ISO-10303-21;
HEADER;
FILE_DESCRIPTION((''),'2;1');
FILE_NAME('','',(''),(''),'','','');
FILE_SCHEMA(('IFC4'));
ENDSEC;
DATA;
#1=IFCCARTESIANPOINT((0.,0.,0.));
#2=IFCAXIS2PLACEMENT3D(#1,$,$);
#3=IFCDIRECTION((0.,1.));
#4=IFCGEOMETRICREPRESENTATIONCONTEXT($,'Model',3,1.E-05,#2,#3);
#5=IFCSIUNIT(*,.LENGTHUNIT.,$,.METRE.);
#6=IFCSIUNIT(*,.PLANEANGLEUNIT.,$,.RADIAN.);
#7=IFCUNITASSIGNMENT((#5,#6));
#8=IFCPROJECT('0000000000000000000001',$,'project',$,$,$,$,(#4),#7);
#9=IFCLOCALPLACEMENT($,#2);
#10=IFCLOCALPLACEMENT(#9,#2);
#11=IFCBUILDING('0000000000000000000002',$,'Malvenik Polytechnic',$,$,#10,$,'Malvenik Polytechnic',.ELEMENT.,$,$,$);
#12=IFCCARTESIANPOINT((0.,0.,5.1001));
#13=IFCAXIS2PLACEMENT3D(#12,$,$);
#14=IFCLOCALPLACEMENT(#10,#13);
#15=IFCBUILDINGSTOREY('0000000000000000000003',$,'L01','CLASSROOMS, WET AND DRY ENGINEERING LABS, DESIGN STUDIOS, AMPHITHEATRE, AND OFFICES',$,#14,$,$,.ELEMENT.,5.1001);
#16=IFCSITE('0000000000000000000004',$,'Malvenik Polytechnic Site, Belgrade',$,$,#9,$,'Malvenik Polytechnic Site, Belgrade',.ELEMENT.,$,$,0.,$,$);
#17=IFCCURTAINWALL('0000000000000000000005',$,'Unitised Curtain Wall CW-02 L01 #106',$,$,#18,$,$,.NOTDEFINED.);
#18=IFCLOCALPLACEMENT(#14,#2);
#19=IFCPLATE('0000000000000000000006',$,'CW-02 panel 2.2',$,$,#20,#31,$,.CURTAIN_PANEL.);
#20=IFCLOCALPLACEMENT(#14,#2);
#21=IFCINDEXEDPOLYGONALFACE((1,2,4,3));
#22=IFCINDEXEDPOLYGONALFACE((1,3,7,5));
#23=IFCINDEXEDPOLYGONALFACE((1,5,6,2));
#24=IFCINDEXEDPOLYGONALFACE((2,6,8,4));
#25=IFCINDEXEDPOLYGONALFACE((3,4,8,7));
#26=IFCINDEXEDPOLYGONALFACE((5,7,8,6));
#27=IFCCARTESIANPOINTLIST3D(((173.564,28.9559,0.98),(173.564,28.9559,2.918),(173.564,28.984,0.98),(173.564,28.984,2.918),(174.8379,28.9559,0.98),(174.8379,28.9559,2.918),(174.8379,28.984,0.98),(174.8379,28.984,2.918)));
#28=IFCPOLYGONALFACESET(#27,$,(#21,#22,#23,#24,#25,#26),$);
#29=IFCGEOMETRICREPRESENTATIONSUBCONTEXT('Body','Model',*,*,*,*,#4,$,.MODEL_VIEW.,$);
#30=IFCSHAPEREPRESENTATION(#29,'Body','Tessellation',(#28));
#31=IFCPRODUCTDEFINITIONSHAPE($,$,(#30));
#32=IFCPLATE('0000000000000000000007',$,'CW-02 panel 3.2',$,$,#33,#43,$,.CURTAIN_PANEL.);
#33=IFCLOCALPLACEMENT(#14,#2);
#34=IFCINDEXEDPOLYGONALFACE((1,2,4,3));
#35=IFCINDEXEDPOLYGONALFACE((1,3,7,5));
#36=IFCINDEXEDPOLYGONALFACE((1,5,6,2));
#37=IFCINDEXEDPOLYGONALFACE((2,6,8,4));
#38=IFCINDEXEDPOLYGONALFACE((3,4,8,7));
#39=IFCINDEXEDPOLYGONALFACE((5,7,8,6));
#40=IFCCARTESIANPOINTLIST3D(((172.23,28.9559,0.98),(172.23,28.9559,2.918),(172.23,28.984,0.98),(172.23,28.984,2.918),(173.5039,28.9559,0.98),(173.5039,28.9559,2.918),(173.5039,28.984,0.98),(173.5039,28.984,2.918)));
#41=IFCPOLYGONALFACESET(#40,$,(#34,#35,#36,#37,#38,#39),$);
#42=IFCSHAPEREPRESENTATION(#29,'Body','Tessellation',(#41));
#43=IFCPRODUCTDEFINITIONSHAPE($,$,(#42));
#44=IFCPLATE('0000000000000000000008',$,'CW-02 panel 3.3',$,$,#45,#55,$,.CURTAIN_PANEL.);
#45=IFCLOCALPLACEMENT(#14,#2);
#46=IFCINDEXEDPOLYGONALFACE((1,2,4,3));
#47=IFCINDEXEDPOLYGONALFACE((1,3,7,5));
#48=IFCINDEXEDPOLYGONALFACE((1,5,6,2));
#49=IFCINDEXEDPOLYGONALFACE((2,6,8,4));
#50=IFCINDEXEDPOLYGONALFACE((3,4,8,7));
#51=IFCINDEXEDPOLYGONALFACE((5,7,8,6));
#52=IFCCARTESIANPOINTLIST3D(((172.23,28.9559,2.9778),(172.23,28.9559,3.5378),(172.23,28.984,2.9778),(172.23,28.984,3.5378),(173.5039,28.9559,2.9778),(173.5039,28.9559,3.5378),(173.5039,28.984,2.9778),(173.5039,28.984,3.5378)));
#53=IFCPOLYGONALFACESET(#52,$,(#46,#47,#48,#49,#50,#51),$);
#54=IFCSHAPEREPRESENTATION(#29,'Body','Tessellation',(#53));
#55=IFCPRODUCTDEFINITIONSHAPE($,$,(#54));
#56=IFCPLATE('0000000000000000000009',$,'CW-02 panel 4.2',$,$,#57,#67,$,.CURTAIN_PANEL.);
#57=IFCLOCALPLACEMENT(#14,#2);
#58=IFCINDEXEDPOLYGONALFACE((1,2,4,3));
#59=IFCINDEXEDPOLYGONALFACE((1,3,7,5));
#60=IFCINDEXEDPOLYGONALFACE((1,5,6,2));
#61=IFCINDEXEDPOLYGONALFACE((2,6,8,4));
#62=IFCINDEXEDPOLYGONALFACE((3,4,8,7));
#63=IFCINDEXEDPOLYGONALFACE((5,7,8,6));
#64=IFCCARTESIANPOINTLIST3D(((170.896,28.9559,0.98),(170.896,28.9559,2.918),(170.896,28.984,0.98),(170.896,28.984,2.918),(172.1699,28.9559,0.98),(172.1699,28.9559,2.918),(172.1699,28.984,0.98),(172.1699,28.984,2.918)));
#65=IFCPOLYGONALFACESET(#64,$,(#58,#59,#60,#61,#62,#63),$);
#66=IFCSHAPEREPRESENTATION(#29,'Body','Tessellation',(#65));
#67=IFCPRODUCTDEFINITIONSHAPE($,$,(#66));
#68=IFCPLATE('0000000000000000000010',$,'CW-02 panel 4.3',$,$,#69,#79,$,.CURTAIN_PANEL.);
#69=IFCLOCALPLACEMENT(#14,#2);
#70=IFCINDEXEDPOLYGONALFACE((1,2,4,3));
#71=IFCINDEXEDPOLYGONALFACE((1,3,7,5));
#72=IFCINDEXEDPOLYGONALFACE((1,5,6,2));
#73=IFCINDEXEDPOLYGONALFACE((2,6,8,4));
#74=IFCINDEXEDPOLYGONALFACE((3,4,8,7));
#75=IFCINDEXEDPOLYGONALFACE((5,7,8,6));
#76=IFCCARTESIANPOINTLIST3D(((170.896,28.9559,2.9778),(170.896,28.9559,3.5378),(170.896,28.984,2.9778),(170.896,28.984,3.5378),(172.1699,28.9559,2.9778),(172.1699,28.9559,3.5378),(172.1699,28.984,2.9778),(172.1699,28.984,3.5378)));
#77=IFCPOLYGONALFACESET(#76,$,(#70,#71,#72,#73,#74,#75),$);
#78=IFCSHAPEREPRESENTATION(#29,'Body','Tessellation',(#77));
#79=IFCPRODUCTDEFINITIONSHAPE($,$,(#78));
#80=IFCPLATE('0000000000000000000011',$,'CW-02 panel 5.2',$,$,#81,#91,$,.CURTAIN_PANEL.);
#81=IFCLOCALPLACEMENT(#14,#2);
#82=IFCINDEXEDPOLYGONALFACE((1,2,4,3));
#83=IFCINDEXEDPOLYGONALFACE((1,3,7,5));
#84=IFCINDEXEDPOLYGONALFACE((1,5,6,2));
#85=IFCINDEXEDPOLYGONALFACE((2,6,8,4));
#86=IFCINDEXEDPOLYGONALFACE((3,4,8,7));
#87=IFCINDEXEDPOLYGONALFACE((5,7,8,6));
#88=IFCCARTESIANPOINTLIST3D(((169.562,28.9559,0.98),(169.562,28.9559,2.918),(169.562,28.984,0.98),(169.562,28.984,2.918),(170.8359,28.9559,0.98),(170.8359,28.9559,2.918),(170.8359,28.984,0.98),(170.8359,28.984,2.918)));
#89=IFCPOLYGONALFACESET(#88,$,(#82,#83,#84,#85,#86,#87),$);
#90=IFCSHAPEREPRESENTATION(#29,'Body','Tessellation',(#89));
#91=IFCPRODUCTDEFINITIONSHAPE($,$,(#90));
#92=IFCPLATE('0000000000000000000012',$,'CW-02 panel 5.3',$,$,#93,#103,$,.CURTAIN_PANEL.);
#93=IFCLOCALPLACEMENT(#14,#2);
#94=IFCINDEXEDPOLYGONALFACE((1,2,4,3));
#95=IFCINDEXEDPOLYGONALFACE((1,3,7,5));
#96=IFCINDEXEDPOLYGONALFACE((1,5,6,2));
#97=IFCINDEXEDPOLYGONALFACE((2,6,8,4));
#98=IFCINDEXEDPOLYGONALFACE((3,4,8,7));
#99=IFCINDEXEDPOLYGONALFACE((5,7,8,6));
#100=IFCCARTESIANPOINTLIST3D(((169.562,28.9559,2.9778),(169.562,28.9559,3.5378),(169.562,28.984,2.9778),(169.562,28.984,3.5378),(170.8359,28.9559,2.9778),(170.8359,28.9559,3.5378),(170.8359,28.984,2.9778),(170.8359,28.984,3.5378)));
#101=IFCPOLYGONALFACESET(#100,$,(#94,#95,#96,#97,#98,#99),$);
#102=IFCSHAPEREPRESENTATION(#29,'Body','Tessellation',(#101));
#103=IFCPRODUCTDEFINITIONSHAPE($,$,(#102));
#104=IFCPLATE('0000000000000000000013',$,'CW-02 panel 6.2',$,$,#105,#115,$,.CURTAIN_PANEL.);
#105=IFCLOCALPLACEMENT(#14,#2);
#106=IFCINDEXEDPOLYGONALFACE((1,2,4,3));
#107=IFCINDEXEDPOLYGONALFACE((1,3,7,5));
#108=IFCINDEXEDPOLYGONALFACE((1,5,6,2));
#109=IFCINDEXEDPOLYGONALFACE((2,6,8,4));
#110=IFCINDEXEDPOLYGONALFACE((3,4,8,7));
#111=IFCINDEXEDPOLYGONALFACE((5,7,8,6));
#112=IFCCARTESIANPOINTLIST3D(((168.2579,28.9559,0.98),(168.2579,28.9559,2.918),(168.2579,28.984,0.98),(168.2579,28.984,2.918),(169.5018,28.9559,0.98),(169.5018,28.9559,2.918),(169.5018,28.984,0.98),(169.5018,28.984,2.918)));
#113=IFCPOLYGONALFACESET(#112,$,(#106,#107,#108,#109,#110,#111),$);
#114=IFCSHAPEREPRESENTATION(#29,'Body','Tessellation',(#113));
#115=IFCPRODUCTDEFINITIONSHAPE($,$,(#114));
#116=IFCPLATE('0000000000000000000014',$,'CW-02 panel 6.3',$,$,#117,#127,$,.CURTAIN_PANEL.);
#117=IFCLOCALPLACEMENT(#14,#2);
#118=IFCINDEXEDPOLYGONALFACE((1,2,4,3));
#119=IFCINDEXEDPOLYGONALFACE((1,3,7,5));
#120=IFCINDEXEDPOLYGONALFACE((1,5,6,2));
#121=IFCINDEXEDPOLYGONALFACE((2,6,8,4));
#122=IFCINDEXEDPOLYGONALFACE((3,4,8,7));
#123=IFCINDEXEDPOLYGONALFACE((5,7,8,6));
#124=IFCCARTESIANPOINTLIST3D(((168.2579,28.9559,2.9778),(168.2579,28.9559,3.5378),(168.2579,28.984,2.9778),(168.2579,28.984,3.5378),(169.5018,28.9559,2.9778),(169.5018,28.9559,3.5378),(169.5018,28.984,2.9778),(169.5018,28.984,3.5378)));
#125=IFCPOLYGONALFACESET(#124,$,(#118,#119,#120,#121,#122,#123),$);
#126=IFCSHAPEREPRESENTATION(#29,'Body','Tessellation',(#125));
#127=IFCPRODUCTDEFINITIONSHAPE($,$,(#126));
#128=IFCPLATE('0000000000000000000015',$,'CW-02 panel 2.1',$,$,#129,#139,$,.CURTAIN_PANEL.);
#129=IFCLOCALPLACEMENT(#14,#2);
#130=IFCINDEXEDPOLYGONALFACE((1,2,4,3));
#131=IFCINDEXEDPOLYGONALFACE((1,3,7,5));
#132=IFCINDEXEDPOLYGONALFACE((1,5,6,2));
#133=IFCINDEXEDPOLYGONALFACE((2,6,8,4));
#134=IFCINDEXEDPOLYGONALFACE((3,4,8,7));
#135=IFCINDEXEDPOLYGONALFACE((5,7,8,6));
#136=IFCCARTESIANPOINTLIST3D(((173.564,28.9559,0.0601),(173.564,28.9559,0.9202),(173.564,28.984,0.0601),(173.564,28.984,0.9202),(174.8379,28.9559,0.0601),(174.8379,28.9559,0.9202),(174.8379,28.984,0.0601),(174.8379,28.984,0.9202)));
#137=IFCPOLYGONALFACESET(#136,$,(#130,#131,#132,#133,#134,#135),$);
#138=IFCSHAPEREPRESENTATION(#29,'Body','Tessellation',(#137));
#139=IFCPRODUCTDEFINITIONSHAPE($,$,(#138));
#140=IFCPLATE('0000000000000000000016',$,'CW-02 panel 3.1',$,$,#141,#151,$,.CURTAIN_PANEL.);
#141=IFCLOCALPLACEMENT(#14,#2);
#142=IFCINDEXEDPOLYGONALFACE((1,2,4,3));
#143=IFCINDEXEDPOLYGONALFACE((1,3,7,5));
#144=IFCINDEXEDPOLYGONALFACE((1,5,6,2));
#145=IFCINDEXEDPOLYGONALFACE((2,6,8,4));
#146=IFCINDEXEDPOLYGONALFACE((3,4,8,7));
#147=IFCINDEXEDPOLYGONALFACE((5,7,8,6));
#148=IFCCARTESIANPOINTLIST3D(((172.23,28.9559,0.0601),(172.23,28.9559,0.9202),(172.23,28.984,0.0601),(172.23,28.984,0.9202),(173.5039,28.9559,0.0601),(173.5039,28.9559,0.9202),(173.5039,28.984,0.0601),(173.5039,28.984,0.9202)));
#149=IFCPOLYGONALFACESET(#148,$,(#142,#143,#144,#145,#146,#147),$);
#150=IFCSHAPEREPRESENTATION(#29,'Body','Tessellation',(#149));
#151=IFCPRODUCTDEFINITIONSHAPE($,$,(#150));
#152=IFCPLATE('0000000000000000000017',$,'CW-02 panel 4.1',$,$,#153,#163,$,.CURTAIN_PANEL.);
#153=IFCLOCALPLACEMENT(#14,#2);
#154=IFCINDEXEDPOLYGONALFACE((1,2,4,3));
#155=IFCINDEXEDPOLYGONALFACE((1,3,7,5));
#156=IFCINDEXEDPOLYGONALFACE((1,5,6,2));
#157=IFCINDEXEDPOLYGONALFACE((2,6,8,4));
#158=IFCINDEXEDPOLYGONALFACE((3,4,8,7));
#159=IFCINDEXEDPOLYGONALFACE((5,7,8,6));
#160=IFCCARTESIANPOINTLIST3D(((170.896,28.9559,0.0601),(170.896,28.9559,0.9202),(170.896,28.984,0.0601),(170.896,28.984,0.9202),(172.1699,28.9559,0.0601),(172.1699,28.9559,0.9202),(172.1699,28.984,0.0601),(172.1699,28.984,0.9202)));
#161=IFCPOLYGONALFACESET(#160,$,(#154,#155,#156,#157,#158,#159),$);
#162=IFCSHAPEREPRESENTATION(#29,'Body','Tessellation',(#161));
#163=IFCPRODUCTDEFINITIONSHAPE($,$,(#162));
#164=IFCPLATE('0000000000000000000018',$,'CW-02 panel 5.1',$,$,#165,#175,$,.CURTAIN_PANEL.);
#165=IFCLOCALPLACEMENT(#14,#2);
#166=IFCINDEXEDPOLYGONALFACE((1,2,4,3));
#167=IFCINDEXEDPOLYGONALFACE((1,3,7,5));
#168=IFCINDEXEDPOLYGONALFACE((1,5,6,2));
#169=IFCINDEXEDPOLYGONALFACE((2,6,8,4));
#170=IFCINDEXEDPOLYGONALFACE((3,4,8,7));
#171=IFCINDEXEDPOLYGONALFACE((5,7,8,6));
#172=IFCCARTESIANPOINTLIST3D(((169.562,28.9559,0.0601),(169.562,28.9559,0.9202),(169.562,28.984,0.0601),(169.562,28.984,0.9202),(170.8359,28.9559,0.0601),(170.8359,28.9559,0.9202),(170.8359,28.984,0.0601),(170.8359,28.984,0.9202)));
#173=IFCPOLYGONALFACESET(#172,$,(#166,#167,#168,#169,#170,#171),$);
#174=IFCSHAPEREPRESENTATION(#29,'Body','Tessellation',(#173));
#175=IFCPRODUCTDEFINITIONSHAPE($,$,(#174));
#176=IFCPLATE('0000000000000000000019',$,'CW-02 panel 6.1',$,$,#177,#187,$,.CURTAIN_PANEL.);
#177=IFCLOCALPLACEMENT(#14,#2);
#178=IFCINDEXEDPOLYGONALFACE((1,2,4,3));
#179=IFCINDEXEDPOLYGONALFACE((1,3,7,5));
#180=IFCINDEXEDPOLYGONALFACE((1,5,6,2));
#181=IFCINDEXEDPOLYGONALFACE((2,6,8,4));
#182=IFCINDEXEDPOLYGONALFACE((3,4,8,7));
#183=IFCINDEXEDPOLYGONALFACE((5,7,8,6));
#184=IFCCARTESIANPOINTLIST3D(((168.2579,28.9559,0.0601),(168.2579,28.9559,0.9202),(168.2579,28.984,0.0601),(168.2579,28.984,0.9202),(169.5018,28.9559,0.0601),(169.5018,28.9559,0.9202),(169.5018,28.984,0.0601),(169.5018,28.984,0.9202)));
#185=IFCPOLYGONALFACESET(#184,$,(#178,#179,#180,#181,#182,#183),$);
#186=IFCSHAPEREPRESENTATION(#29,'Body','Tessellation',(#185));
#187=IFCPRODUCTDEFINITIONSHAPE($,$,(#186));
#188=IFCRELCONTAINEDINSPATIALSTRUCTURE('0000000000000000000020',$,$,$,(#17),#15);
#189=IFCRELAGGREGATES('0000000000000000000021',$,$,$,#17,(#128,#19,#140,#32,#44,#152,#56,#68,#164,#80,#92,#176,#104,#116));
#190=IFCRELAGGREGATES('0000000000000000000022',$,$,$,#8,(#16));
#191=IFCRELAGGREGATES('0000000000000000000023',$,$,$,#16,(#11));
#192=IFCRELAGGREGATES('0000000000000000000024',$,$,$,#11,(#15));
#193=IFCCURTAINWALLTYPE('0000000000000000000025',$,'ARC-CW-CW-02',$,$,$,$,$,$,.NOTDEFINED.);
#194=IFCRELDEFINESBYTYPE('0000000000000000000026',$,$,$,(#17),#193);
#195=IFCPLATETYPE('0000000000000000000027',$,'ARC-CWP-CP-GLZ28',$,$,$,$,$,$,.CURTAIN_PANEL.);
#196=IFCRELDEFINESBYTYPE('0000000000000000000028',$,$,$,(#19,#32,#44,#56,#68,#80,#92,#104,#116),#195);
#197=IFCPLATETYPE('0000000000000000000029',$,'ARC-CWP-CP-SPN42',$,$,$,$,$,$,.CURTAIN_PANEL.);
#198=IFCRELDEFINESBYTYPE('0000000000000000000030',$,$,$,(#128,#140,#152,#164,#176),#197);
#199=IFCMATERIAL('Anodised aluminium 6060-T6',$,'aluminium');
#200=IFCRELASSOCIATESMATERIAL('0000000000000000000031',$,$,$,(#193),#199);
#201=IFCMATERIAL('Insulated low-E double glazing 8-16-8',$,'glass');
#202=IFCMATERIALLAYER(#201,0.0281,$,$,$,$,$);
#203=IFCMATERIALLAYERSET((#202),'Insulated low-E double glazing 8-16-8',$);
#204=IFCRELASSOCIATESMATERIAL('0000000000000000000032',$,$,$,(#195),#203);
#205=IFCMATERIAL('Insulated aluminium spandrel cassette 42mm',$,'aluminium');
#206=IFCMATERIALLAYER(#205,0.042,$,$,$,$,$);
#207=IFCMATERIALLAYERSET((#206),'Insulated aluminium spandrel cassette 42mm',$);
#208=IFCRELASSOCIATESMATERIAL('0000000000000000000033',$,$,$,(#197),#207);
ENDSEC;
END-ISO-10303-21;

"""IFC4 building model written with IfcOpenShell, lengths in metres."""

from ifc_helpers import new_model, si_unit, direction, frame, origin, origin_2d, place, context, subcontext, project, spatial, rectangle, extrude, material, layer, layer_set, type_object, element, aggregate, save


model = new_model("IFC4")

# Units and contexts
model_context = context("Model", 3, precision=1e-05, world=origin(), true_north=direction((0.0, 1.0)))
body_context = subcontext(model_context, "Body", "Model", "MODEL_VIEW")
ifc_project = project(units=[si_unit("LENGTHUNIT", "METRE"), si_unit("PLANEANGLEUNIT", "RADIAN")], contexts=[model_context])

# Site, building, storey
site_placement = place(None, origin())
site = spatial("IfcSite", under=ifc_project, at=site_placement, Name="Malvenik Polytechnic Site, Belgrade", LongName="Malvenik Polytechnic Site, Belgrade", CompositionType="ELEMENT", RefElevation=0.0)
building_placement = place(site_placement, origin())
building = spatial("IfcBuilding", under=site, at=building_placement, Name="Malvenik Polytechnic", LongName="Malvenik Polytechnic", CompositionType="ELEMENT")
storey_placement = place(building_placement, frame((0.0, 0.0, 5.1001)))
storey = spatial("IfcBuildingStorey", under=building, at=storey_placement, Name="L01", Description="CLASSROOMS, WET AND DRY ENGINEERING LABS, DESIGN STUDIOS, AMPHITHEATRE, AND OFFICES", CompositionType="ELEMENT", Elevation=5.1001)

# Shared definitions
ifc_material_1 = material(Name="Anodised aluminium 6060-T6", Category="aluminium")
curtain_wall_type = type_object("IfcCurtainWallType", Name="ARC-CW-CW-02", PredefinedType="NOTDEFINED", material=ifc_material_1)

# Curtain wall
curtain_wall_1_placement = place(storey_placement, origin())
curtain_wall_1 = element("IfcCurtainWall", 1, at=curtain_wall_1_placement, inside=storey, type_object=curtain_wall_type, Name="Unitised Curtain Wall CW-02 L01 #106", PredefinedType="NOTDEFINED")

# Plates
ifc_material_2 = material(Name="Insulated low-E double glazing 8-16-8", Category="glass")
ifc_layer_1 = layer(ifc_material_2, 0.0281)
ifc_layer_set_1 = layer_set([ifc_layer_1], Name="Insulated low-E double glazing 8-16-8")
plate_type_1 = type_object("IfcPlateType", Name="ARC-CWP-CP-GLZ28", PredefinedType="CURTAIN_PANEL", material=ifc_layer_set_1)
plate_1_placement = place(storey_placement, frame((174.2009, 28.97, 0.98), z_axis=(0.0, 0.0, 1.0), x_axis=(-1.0, 0.0, 0.0)))
plate_1 = element("IfcPlate", 2, at=plate_1_placement, type_object=plate_type_1, Name="CW-02 panel 2.2", PredefinedType="CURTAIN_PANEL", context=body_context, shape_type="SweptSolid", body=[
    extrude(rectangle(XDim=1.2739, YDim=0.0281, at=origin_2d()), origin(), (0.0, 0.0, 1.0), 1.938),
])
plate_2_placement = place(storey_placement, frame((172.8669, 28.97, 0.98), z_axis=(0.0, 0.0, 1.0), x_axis=(-1.0, 0.0, 0.0)))
plate_2 = element("IfcPlate", 3, at=plate_2_placement, type_object=plate_type_1, Name="CW-02 panel 3.2", PredefinedType="CURTAIN_PANEL", context=body_context, shape_type="SweptSolid", body=[
    extrude(rectangle(XDim=1.2739, YDim=0.0281, at=origin_2d()), origin(), (0.0, 0.0, 1.0), 1.938),
])
plate_3_placement = place(storey_placement, frame((172.8669, 28.97, 2.9778), z_axis=(0.0, 0.0, 1.0), x_axis=(-1.0, 0.0, 0.0)))
plate_3 = element("IfcPlate", 4, at=plate_3_placement, type_object=plate_type_1, Name="CW-02 panel 3.3", PredefinedType="CURTAIN_PANEL", context=body_context, shape_type="SweptSolid", body=[
    extrude(rectangle(XDim=1.2739, YDim=0.0281, at=origin_2d()), origin(), (0.0, 0.0, 1.0), 0.5601),
])
plate_4_placement = place(storey_placement, frame((171.533, 28.97, 0.98), z_axis=(0.0, 0.0, 1.0), x_axis=(-1.0, 0.0, 0.0)))
plate_4 = element("IfcPlate", 5, at=plate_4_placement, type_object=plate_type_1, Name="CW-02 panel 4.2", PredefinedType="CURTAIN_PANEL", context=body_context, shape_type="SweptSolid", body=[
    extrude(rectangle(XDim=1.2739, YDim=0.0281, at=origin_2d()), origin(), (0.0, 0.0, 1.0), 1.938),
])
plate_5_placement = place(storey_placement, frame((171.533, 28.97, 2.9778), z_axis=(0.0, 0.0, 1.0), x_axis=(-1.0, 0.0, 0.0)))
plate_5 = element("IfcPlate", 6, at=plate_5_placement, type_object=plate_type_1, Name="CW-02 panel 4.3", PredefinedType="CURTAIN_PANEL", context=body_context, shape_type="SweptSolid", body=[
    extrude(rectangle(XDim=1.2739, YDim=0.0281, at=origin_2d()), origin(), (0.0, 0.0, 1.0), 0.5601),
])
plate_6_placement = place(storey_placement, frame((170.199, 28.97, 0.98), z_axis=(0.0, 0.0, 1.0), x_axis=(-1.0, 0.0, 0.0)))
plate_6 = element("IfcPlate", 7, at=plate_6_placement, type_object=plate_type_1, Name="CW-02 panel 5.2", PredefinedType="CURTAIN_PANEL", context=body_context, shape_type="SweptSolid", body=[
    extrude(rectangle(XDim=1.2739, YDim=0.0281, at=origin_2d()), origin(), (0.0, 0.0, 1.0), 1.938),
])
plate_7_placement = place(storey_placement, frame((170.199, 28.97, 2.9778), z_axis=(0.0, 0.0, 1.0), x_axis=(-1.0, 0.0, 0.0)))
plate_7 = element("IfcPlate", 8, at=plate_7_placement, type_object=plate_type_1, Name="CW-02 panel 5.3", PredefinedType="CURTAIN_PANEL", context=body_context, shape_type="SweptSolid", body=[
    extrude(rectangle(XDim=1.2739, YDim=0.0281, at=origin_2d()), origin(), (0.0, 0.0, 1.0), 0.5601),
])
plate_8_placement = place(storey_placement, frame((168.8799, 28.97, 0.98), z_axis=(0.0, 0.0, 1.0), x_axis=(-1.0, 0.0, 0.0)))
plate_8 = element("IfcPlate", 9, at=plate_8_placement, type_object=plate_type_1, Name="CW-02 panel 6.2", PredefinedType="CURTAIN_PANEL", context=body_context, shape_type="SweptSolid", body=[
    extrude(rectangle(XDim=1.2439, YDim=0.0281, at=origin_2d()), origin(), (0.0, 0.0, 1.0), 1.938),
])
plate_9_placement = place(storey_placement, frame((168.8799, 28.97, 2.9778), z_axis=(0.0, 0.0, 1.0), x_axis=(-1.0, 0.0, 0.0)))
plate_9 = element("IfcPlate", 10, at=plate_9_placement, type_object=plate_type_1, Name="CW-02 panel 6.3", PredefinedType="CURTAIN_PANEL", context=body_context, shape_type="SweptSolid", body=[
    extrude(rectangle(XDim=1.2439, YDim=0.0281, at=origin_2d()), origin(), (0.0, 0.0, 1.0), 0.5601),
])
ifc_material_3 = material(Name="Insulated aluminium spandrel cassette 42mm", Category="aluminium")
ifc_layer_2 = layer(ifc_material_3, 0.042)
ifc_layer_set_2 = layer_set([ifc_layer_2], Name="Insulated aluminium spandrel cassette 42mm")
plate_type_2 = type_object("IfcPlateType", Name="ARC-CWP-CP-SPN42", PredefinedType="CURTAIN_PANEL", material=ifc_layer_set_2)
plate_10_placement = place(storey_placement, frame((174.2009, 28.97, 0.0601), z_axis=(0.0, 0.0, 1.0), x_axis=(-1.0, 0.0, 0.0)))
plate_10 = element("IfcPlate", 11, at=plate_10_placement, type_object=plate_type_2, Name="CW-02 panel 2.1", PredefinedType="CURTAIN_PANEL", context=body_context, shape_type="SweptSolid", body=[
    extrude(rectangle(XDim=1.2739, YDim=0.0281, at=origin_2d()), origin(), (0.0, 0.0, 1.0), 0.8601),
])
plate_11_placement = place(storey_placement, frame((172.8669, 28.97, 0.0601), z_axis=(0.0, 0.0, 1.0), x_axis=(-1.0, 0.0, 0.0)))
plate_11 = element("IfcPlate", 12, at=plate_11_placement, type_object=plate_type_2, Name="CW-02 panel 3.1", PredefinedType="CURTAIN_PANEL", context=body_context, shape_type="SweptSolid", body=[
    extrude(rectangle(XDim=1.2739, YDim=0.0281, at=origin_2d()), origin(), (0.0, 0.0, 1.0), 0.8601),
])
plate_12_placement = place(storey_placement, frame((171.533, 28.97, 0.0601), z_axis=(0.0, 0.0, 1.0), x_axis=(-1.0, 0.0, 0.0)))
plate_12 = element("IfcPlate", 13, at=plate_12_placement, type_object=plate_type_2, Name="CW-02 panel 4.1", PredefinedType="CURTAIN_PANEL", context=body_context, shape_type="SweptSolid", body=[
    extrude(rectangle(XDim=1.2739, YDim=0.0281, at=origin_2d()), origin(), (0.0, 0.0, 1.0), 0.8601),
])
plate_13_placement = place(storey_placement, frame((170.199, 28.97, 0.0601), z_axis=(0.0, 0.0, 1.0), x_axis=(-1.0, 0.0, 0.0)))
plate_13 = element("IfcPlate", 14, at=plate_13_placement, type_object=plate_type_2, Name="CW-02 panel 5.1", PredefinedType="CURTAIN_PANEL", context=body_context, shape_type="SweptSolid", body=[
    extrude(rectangle(XDim=1.2739, YDim=0.0281, at=origin_2d()), origin(), (0.0, 0.0, 1.0), 0.8601),
])
plate_14_placement = place(storey_placement, frame((168.8799, 28.97, 0.0601), z_axis=(0.0, 0.0, 1.0), x_axis=(-1.0, 0.0, 0.0)))
plate_14 = element("IfcPlate", 15, at=plate_14_placement, type_object=plate_type_2, Name="CW-02 panel 6.1", PredefinedType="CURTAIN_PANEL", context=body_context, shape_type="SweptSolid", body=[
    extrude(rectangle(XDim=1.2439, YDim=0.0281, at=origin_2d()), origin(), (0.0, 0.0, 1.0), 0.8601),
])
aggregate(curtain_wall_1, [plate_10, plate_1, plate_11, plate_2, plate_3, plate_12, plate_4, plate_5, plate_13, plate_6, plate_7, plate_14, plate_8, plate_9])

save(model, "model.ifc")
